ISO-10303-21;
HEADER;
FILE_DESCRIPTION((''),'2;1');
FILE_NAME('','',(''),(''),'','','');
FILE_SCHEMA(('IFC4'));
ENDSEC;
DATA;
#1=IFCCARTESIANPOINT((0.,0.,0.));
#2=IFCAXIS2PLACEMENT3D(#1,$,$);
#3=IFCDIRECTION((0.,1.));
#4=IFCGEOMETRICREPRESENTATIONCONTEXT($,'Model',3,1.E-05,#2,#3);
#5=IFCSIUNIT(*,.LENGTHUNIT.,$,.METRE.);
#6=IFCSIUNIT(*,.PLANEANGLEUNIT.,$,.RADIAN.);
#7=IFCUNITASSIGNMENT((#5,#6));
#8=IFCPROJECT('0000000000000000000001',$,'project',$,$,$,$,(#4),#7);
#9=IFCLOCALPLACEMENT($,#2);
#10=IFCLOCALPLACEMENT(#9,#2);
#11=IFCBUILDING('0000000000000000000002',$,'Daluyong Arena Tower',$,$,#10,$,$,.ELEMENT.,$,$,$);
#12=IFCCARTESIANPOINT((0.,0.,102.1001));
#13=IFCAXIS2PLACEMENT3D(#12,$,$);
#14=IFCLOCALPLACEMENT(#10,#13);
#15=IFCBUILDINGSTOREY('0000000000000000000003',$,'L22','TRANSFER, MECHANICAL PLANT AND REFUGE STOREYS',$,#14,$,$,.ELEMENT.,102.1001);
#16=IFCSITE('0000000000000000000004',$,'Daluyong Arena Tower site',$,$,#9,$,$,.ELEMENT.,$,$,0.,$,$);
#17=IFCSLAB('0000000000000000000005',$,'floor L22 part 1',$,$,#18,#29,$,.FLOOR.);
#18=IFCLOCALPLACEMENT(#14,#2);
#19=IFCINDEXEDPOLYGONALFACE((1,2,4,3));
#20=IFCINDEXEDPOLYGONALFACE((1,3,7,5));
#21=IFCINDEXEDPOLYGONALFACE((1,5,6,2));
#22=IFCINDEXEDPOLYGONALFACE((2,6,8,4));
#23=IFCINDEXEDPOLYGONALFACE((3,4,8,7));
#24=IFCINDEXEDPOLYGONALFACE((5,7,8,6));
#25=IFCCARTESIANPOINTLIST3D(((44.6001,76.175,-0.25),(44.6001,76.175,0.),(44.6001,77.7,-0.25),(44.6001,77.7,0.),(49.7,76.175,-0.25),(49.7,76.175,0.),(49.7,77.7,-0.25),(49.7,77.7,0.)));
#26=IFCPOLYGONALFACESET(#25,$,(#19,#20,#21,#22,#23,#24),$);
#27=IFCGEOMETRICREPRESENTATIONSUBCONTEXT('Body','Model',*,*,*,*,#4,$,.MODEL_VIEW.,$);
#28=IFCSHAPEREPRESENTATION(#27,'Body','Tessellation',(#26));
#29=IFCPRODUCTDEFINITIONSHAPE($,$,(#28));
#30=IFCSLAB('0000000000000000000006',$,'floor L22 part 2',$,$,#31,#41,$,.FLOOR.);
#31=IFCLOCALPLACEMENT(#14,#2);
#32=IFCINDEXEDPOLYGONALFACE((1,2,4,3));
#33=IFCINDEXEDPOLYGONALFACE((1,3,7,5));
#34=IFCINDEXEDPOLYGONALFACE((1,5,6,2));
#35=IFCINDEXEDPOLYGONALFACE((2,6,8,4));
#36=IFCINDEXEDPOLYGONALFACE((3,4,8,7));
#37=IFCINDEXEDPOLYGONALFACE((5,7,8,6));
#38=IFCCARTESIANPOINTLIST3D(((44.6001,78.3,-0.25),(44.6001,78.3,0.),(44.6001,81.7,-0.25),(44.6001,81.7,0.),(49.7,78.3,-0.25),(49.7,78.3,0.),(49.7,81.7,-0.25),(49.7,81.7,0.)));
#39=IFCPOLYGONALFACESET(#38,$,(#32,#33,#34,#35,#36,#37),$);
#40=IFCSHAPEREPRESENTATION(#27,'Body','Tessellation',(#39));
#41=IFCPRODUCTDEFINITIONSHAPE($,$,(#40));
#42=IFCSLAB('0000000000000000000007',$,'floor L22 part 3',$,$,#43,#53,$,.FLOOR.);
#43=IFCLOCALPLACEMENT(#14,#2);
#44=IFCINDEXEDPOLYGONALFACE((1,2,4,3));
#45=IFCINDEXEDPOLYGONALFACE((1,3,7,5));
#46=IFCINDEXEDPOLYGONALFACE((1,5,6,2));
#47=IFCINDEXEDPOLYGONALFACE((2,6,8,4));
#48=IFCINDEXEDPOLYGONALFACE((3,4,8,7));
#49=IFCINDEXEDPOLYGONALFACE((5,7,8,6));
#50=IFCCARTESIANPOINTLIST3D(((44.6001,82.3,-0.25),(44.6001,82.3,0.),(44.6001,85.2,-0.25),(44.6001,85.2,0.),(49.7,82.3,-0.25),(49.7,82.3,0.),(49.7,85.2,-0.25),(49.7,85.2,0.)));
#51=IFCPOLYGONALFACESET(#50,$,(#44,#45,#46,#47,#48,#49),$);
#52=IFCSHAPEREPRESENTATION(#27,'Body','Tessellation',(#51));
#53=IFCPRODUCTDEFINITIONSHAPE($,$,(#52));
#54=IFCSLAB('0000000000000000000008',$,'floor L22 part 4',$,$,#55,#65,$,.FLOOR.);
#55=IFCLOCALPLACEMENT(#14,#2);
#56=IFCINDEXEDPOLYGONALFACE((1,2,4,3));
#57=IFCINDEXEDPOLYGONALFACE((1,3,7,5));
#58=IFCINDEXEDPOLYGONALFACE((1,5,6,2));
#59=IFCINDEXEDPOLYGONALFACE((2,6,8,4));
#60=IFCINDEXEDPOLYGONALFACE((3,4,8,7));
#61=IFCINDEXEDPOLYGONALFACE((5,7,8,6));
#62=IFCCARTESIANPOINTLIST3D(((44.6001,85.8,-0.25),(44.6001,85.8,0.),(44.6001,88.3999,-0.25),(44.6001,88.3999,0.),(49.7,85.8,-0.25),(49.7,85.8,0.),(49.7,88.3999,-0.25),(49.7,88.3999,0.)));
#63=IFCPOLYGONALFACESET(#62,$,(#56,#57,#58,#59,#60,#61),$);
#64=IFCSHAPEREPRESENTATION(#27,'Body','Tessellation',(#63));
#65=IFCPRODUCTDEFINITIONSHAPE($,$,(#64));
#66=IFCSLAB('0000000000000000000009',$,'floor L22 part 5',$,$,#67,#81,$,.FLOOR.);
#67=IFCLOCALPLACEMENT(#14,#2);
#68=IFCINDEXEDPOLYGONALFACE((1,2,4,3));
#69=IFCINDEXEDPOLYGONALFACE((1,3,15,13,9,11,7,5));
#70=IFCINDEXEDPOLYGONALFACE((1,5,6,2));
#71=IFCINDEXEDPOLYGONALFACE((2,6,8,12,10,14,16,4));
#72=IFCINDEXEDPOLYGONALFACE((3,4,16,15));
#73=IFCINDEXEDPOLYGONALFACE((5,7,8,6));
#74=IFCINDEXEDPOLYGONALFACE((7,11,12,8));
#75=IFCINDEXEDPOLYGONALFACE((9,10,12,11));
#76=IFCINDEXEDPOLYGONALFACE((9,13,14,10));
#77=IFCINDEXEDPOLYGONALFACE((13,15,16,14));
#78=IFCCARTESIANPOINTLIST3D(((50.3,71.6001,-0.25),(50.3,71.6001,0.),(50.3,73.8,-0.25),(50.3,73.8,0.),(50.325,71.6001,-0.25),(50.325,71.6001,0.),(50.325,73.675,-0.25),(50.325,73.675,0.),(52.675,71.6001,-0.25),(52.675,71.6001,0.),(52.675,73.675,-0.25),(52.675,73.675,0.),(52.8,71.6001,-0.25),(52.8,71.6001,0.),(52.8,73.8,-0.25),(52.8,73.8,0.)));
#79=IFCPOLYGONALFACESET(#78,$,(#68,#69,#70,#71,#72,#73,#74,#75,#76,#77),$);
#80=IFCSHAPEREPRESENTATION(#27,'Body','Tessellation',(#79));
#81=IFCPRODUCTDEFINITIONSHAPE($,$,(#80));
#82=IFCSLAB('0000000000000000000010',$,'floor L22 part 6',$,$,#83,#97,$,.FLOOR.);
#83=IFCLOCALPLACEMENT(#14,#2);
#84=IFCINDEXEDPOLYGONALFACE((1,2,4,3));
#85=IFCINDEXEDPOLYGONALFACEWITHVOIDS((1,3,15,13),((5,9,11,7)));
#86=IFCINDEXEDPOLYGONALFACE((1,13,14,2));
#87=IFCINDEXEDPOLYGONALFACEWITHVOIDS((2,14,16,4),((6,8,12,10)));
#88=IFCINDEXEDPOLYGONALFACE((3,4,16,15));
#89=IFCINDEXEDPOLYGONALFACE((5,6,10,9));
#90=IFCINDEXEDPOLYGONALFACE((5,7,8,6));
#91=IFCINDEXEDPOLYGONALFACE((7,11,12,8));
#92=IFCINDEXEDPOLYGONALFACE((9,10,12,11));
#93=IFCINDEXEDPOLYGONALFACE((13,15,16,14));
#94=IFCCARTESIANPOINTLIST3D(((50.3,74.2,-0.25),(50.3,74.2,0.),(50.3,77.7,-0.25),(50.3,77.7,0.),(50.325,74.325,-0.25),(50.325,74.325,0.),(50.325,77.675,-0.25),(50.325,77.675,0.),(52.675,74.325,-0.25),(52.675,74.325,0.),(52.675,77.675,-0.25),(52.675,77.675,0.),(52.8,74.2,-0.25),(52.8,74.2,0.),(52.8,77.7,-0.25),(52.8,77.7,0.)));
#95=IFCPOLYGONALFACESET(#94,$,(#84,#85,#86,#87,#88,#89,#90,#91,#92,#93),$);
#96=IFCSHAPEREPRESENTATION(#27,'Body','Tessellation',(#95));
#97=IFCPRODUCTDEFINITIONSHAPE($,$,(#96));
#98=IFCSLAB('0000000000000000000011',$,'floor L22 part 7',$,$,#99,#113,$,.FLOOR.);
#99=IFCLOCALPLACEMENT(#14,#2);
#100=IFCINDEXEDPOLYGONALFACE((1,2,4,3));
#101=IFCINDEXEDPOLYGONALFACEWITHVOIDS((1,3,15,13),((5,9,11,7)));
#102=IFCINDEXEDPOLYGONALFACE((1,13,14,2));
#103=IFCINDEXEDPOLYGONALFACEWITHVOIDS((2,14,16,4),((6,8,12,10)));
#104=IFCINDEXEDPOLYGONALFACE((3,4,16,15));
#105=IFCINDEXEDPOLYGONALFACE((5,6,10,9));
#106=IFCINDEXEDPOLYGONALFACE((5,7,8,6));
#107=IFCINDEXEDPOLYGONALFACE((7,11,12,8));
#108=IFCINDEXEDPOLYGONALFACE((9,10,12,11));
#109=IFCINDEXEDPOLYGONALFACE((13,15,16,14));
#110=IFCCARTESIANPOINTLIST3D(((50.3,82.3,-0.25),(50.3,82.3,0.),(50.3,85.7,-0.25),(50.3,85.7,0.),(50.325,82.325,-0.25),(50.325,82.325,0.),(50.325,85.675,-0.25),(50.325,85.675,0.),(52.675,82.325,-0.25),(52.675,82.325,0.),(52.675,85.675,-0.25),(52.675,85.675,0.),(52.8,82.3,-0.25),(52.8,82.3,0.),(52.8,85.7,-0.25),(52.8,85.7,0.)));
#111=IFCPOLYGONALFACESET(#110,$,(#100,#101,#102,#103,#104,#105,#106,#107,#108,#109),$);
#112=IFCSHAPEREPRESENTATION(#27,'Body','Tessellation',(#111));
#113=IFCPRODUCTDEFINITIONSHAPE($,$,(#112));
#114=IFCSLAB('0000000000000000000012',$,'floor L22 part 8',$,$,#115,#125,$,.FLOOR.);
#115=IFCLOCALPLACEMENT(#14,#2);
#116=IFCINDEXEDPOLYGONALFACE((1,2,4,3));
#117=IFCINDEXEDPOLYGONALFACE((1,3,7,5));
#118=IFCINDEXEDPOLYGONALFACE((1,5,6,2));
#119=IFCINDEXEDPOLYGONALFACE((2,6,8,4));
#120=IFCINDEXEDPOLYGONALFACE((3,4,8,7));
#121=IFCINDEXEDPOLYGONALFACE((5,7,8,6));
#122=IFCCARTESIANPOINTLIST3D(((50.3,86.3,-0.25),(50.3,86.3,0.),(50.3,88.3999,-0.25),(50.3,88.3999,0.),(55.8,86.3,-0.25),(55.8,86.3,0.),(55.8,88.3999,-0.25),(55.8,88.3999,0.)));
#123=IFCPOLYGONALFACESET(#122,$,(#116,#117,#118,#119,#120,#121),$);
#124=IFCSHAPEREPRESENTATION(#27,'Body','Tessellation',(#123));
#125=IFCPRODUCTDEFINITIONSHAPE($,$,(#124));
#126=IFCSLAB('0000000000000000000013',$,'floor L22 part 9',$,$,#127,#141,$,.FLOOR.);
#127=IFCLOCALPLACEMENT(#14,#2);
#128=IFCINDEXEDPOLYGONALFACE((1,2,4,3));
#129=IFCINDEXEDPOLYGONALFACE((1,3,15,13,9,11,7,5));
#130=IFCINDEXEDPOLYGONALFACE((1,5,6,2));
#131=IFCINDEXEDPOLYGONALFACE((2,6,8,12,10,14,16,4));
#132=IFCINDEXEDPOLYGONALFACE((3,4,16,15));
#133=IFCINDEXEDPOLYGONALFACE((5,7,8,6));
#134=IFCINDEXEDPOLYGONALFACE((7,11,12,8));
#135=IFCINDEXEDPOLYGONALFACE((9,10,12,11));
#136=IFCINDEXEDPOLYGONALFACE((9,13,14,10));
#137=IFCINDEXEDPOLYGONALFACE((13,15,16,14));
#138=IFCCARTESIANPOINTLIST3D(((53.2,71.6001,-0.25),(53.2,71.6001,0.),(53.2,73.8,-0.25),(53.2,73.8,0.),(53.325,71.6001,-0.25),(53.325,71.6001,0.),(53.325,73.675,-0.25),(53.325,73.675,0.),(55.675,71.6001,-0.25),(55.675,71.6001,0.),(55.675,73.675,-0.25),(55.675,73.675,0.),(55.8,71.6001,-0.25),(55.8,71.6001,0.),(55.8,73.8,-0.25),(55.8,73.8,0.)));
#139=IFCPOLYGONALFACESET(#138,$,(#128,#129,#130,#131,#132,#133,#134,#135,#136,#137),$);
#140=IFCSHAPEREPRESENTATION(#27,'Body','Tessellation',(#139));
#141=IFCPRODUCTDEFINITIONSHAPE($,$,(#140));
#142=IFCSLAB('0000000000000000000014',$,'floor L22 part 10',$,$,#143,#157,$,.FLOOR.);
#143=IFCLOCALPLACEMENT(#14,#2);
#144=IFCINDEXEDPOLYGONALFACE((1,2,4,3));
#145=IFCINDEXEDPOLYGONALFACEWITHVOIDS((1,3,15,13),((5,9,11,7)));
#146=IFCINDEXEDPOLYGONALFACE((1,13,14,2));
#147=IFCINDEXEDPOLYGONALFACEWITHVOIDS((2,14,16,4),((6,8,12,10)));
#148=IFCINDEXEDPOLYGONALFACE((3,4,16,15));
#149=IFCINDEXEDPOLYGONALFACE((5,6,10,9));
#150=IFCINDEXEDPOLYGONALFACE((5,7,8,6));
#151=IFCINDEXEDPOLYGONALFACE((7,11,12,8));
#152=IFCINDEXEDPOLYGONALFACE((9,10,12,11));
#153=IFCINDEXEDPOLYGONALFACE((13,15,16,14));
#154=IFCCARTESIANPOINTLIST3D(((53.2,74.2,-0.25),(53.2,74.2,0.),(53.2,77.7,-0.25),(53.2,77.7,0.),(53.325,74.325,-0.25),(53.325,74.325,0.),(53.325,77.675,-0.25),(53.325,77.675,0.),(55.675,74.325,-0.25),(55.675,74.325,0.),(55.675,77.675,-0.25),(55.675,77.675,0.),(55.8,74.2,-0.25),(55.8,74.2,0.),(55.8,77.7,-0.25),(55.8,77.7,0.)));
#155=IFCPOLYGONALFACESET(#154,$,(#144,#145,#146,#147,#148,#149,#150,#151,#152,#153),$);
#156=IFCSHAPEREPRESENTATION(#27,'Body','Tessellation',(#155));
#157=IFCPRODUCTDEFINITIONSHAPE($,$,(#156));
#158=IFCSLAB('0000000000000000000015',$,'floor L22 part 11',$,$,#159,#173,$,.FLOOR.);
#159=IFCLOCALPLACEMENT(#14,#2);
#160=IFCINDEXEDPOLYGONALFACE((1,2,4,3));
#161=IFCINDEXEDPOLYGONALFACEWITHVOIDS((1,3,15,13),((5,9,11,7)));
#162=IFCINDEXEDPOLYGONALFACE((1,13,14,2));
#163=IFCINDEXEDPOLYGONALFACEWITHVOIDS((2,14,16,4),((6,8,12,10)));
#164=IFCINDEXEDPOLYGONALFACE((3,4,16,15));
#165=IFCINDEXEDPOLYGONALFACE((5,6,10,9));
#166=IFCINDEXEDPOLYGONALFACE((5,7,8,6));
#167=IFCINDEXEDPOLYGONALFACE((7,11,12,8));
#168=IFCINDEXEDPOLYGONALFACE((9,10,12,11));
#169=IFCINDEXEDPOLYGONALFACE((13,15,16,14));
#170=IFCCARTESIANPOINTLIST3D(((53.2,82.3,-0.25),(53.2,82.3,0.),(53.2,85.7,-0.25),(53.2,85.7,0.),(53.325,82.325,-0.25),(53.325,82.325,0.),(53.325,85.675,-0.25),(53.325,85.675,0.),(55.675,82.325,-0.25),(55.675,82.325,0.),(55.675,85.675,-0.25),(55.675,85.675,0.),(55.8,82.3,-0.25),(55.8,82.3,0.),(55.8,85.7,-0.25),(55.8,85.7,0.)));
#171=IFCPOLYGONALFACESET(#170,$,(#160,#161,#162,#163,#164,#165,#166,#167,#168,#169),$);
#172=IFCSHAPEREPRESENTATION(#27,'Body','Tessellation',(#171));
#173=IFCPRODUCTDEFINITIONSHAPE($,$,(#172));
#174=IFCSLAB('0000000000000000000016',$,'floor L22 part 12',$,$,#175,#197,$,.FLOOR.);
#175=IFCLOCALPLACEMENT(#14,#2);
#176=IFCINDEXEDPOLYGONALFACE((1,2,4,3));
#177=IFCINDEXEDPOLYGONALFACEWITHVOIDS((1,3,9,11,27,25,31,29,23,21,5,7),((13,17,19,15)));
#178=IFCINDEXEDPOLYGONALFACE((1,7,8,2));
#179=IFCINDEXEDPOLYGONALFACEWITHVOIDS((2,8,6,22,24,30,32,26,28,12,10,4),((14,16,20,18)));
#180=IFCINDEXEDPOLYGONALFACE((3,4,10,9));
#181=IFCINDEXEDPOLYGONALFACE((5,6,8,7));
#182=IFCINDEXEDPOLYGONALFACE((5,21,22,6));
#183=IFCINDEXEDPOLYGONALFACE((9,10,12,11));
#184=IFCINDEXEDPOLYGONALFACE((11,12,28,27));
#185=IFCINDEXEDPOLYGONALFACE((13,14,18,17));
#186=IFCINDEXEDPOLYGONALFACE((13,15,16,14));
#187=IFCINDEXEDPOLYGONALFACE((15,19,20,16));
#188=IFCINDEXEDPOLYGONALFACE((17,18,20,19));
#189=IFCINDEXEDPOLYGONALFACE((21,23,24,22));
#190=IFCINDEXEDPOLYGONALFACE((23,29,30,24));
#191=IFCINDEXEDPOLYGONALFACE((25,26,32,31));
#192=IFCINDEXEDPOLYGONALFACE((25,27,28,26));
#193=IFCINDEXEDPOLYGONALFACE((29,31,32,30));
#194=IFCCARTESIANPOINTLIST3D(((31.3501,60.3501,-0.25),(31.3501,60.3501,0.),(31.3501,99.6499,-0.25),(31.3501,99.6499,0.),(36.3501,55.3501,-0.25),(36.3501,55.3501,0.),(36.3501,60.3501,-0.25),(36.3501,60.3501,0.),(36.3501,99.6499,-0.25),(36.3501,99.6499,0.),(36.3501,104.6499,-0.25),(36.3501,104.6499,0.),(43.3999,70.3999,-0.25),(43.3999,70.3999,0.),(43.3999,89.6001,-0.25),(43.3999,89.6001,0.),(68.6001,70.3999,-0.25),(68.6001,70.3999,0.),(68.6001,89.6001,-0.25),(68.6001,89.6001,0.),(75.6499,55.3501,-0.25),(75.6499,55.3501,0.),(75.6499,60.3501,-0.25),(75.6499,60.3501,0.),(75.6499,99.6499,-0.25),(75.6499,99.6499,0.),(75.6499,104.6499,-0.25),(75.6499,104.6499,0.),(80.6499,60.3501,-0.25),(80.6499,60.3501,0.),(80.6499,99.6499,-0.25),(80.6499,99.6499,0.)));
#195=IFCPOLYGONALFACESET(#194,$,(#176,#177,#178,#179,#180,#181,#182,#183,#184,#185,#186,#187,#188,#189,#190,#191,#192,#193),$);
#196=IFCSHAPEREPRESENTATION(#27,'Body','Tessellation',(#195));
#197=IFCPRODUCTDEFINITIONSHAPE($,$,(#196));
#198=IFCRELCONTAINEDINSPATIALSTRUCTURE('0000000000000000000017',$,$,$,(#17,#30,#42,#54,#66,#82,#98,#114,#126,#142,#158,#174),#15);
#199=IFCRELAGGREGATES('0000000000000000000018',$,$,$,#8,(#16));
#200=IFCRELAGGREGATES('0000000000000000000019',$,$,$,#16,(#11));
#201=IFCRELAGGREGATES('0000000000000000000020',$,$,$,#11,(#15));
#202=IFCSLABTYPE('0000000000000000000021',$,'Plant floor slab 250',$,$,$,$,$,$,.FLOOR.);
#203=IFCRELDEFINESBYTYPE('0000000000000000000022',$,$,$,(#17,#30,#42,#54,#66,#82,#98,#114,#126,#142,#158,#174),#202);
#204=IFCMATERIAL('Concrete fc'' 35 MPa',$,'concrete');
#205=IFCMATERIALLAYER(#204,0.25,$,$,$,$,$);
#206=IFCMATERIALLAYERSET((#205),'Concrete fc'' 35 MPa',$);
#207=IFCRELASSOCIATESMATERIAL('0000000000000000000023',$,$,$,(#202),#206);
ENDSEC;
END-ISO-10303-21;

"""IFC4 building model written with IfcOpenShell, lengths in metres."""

from ifc_helpers import new_model, si_unit, direction, frame, origin, place, context, subcontext, project, spatial, polyline, outline, extrude, material, layer, layer_set, type_object, element, save


model = new_model("IFC4")

# Units and contexts
model_context = context("Model", 3, precision=1e-05, world=origin(), true_north=direction((0.0, 1.0)))
body_context = subcontext(model_context, "Body", "Model", "MODEL_VIEW")
ifc_project = project(units=[si_unit("LENGTHUNIT", "METRE"), si_unit("PLANEANGLEUNIT", "RADIAN")], contexts=[model_context])

# Site, building, storey
site_placement = place(None, origin())
site = spatial("IfcSite", under=ifc_project, at=site_placement, Name="Daluyong Arena Tower site", CompositionType="ELEMENT", RefElevation=0.0)
building_placement = place(site_placement, origin())
building = spatial("IfcBuilding", under=site, at=building_placement, Name="Daluyong Arena Tower", CompositionType="ELEMENT")
storey_placement = place(building_placement, frame((0.0, 0.0, 102.1001)))
storey = spatial("IfcBuildingStorey", under=building, at=storey_placement, Name="L22", Description="TRANSFER, MECHANICAL PLANT AND REFUGE STOREYS", CompositionType="ELEMENT", Elevation=102.1001)

# Slabs
ifc_material = material(Name="Concrete fc' 35 MPa", Category="concrete")
ifc_layer = layer(ifc_material, 0.25)
ifc_layer_set = layer_set([ifc_layer], Name="Concrete fc' 35 MPa")
slab_type = type_object("IfcSlabType", Name="Plant floor slab 250", PredefinedType="FLOOR", material=ifc_layer_set)
slab_1_placement = place(storey_placement, frame((0.0, 0.0, -0.25)))
element("IfcSlab", 1, at=slab_1_placement, inside=storey, type_object=slab_type, Name="floor L22 part 1", PredefinedType="FLOOR", context=body_context, shape_type="SweptSolid", body=[
    extrude(outline(polyline([(49.7, 76.175), (49.7, 77.7), (44.6001, 77.7), (44.6001, 76.175), (49.7, 76.175)])), origin(), (0.0, 0.0, 1.0), 0.25),
])
slab_2_placement = place(storey_placement, frame((0.0, 0.0, -0.25)))
element("IfcSlab", 2, at=slab_2_placement, inside=storey, type_object=slab_type, Name="floor L22 part 2", PredefinedType="FLOOR", context=body_context, shape_type="SweptSolid", body=[
    extrude(outline(polyline([(49.7, 78.3), (49.7, 81.7), (44.6001, 81.7), (44.6001, 78.3), (49.7, 78.3)])), origin(), (0.0, 0.0, 1.0), 0.25),
])
slab_3_placement = place(storey_placement, frame((0.0, 0.0, -0.25)))
element("IfcSlab", 3, at=slab_3_placement, inside=storey, type_object=slab_type, Name="floor L22 part 3", PredefinedType="FLOOR", context=body_context, shape_type="SweptSolid", body=[
    extrude(outline(polyline([(49.7, 82.3), (49.7, 85.2), (44.6001, 85.2), (44.6001, 82.3), (49.7, 82.3)])), origin(), (0.0, 0.0, 1.0), 0.25),
])
slab_4_placement = place(storey_placement, frame((0.0, 0.0, -0.25)))
element("IfcSlab", 4, at=slab_4_placement, inside=storey, type_object=slab_type, Name="floor L22 part 4", PredefinedType="FLOOR", context=body_context, shape_type="SweptSolid", body=[
    extrude(outline(polyline([(44.6001, 88.3999), (44.6001, 85.8), (49.7, 85.8), (49.7, 88.3999), (44.6001, 88.3999)])), origin(), (0.0, 0.0, 1.0), 0.25),
])
slab_5_placement = place(storey_placement, frame((0.0, 0.0, -0.25)))
element("IfcSlab", 5, at=slab_5_placement, inside=storey, type_object=slab_type, Name="floor L22 part 5", PredefinedType="FLOOR", context=body_context, shape_type="SweptSolid", body=[
    extrude(outline(polyline([(52.675, 73.675), (52.675, 71.6001), (52.8, 71.6001), (52.8, 73.8), (50.3, 73.8), (50.3, 71.6001), (50.325, 71.6001), (50.325, 73.675), (52.675, 73.675)])), origin(), (0.0, 0.0, 1.0), 0.25),
])
slab_6_placement = place(storey_placement, frame((0.0, 0.0, -0.25)))
element("IfcSlab", 6, at=slab_6_placement, inside=storey, type_object=slab_type, Name="floor L22 part 6", PredefinedType="FLOOR", context=body_context, shape_type="SweptSolid", body=[
    extrude(outline(polyline([(50.3, 77.7), (50.3, 74.2), (52.8, 74.2), (52.8, 77.7), (50.3, 77.7)]), holes=[polyline([(52.675, 77.675), (52.675, 74.325), (50.325, 74.325), (50.325, 77.675), (52.675, 77.675)])]), origin(), (0.0, 0.0, 1.0), 0.25),
])
slab_7_placement = place(storey_placement, frame((0.0, 0.0, -0.25)))
element("IfcSlab", 7, at=slab_7_placement, inside=storey, type_object=slab_type, Name="floor L22 part 7", PredefinedType="FLOOR", context=body_context, shape_type="SweptSolid", body=[
    extrude(outline(polyline([(50.3, 85.7), (50.3, 82.3), (52.8, 82.3), (52.8, 85.7), (50.3, 85.7)]), holes=[polyline([(52.675, 85.675), (52.675, 82.325), (50.325, 82.325), (50.325, 85.675), (52.675, 85.675)])]), origin(), (0.0, 0.0, 1.0), 0.25),
])
slab_8_placement = place(storey_placement, frame((0.0, 0.0, -0.25)))
element("IfcSlab", 8, at=slab_8_placement, inside=storey, type_object=slab_type, Name="floor L22 part 8", PredefinedType="FLOOR", context=body_context, shape_type="SweptSolid", body=[
    extrude(outline(polyline([(50.3, 88.3999), (50.3, 86.3), (55.8, 86.3), (55.8, 88.3999), (50.3, 88.3999)])), origin(), (0.0, 0.0, 1.0), 0.25),
])
slab_9_placement = place(storey_placement, frame((0.0, 0.0, -0.25)))
element("IfcSlab", 9, at=slab_9_placement, inside=storey, type_object=slab_type, Name="floor L22 part 9", PredefinedType="FLOOR", context=body_context, shape_type="SweptSolid", body=[
    extrude(outline(polyline([(55.675, 73.675), (55.675, 71.6001), (55.8, 71.6001), (55.8, 73.8), (53.2, 73.8), (53.2, 71.6001), (53.325, 71.6001), (53.325, 73.675), (55.675, 73.675)])), origin(), (0.0, 0.0, 1.0), 0.25),
])
slab_10_placement = place(storey_placement, frame((0.0, 0.0, -0.25)))
element("IfcSlab", 10, at=slab_10_placement, inside=storey, type_object=slab_type, Name="floor L22 part 10", PredefinedType="FLOOR", context=body_context, shape_type="SweptSolid", body=[
    extrude(outline(polyline([(53.2, 77.7), (53.2, 74.2), (55.8, 74.2), (55.8, 77.7), (53.2, 77.7)]), holes=[polyline([(55.675, 77.675), (55.675, 74.325), (53.325, 74.325), (53.325, 77.675), (55.675, 77.675)])]), origin(), (0.0, 0.0, 1.0), 0.25),
])
slab_11_placement = place(storey_placement, frame((0.0, 0.0, -0.25)))
element("IfcSlab", 11, at=slab_11_placement, inside=storey, type_object=slab_type, Name="floor L22 part 11", PredefinedType="FLOOR", context=body_context, shape_type="SweptSolid", body=[
    extrude(outline(polyline([(53.2, 85.7), (53.2, 82.3), (55.8, 82.3), (55.8, 85.7), (53.2, 85.7)]), holes=[polyline([(55.675, 85.675), (55.675, 82.325), (53.325, 82.325), (53.325, 85.675), (55.675, 85.675)])]), origin(), (0.0, 0.0, 1.0), 0.25),
])
slab_12_placement = place(storey_placement, frame((0.0, 0.0, -0.25)))
element("IfcSlab", 12, at=slab_12_placement, inside=storey, type_object=slab_type, Name="floor L22 part 12", PredefinedType="FLOOR", context=body_context, shape_type="SweptSolid", body=[
    extrude(outline(polyline([(36.3501, 60.3501), (36.3501, 55.3501), (75.6499, 55.3501), (75.6499, 60.3501), (80.6499, 60.3501), (80.6499, 99.6499), (75.6499, 99.6499), (75.6499, 104.6499), (36.3501, 104.6499), (36.3501, 99.6499), (31.3501, 99.6499), (31.3501, 60.3501), (36.3501, 60.3501)]), holes=[polyline([(68.6001, 89.6001), (68.6001, 70.3999), (43.3999, 70.3999), (43.3999, 89.6001), (68.6001, 89.6001)])]), origin(), (0.0, 0.0, 1.0), 0.25),
])

save(model, "model.ifc")
